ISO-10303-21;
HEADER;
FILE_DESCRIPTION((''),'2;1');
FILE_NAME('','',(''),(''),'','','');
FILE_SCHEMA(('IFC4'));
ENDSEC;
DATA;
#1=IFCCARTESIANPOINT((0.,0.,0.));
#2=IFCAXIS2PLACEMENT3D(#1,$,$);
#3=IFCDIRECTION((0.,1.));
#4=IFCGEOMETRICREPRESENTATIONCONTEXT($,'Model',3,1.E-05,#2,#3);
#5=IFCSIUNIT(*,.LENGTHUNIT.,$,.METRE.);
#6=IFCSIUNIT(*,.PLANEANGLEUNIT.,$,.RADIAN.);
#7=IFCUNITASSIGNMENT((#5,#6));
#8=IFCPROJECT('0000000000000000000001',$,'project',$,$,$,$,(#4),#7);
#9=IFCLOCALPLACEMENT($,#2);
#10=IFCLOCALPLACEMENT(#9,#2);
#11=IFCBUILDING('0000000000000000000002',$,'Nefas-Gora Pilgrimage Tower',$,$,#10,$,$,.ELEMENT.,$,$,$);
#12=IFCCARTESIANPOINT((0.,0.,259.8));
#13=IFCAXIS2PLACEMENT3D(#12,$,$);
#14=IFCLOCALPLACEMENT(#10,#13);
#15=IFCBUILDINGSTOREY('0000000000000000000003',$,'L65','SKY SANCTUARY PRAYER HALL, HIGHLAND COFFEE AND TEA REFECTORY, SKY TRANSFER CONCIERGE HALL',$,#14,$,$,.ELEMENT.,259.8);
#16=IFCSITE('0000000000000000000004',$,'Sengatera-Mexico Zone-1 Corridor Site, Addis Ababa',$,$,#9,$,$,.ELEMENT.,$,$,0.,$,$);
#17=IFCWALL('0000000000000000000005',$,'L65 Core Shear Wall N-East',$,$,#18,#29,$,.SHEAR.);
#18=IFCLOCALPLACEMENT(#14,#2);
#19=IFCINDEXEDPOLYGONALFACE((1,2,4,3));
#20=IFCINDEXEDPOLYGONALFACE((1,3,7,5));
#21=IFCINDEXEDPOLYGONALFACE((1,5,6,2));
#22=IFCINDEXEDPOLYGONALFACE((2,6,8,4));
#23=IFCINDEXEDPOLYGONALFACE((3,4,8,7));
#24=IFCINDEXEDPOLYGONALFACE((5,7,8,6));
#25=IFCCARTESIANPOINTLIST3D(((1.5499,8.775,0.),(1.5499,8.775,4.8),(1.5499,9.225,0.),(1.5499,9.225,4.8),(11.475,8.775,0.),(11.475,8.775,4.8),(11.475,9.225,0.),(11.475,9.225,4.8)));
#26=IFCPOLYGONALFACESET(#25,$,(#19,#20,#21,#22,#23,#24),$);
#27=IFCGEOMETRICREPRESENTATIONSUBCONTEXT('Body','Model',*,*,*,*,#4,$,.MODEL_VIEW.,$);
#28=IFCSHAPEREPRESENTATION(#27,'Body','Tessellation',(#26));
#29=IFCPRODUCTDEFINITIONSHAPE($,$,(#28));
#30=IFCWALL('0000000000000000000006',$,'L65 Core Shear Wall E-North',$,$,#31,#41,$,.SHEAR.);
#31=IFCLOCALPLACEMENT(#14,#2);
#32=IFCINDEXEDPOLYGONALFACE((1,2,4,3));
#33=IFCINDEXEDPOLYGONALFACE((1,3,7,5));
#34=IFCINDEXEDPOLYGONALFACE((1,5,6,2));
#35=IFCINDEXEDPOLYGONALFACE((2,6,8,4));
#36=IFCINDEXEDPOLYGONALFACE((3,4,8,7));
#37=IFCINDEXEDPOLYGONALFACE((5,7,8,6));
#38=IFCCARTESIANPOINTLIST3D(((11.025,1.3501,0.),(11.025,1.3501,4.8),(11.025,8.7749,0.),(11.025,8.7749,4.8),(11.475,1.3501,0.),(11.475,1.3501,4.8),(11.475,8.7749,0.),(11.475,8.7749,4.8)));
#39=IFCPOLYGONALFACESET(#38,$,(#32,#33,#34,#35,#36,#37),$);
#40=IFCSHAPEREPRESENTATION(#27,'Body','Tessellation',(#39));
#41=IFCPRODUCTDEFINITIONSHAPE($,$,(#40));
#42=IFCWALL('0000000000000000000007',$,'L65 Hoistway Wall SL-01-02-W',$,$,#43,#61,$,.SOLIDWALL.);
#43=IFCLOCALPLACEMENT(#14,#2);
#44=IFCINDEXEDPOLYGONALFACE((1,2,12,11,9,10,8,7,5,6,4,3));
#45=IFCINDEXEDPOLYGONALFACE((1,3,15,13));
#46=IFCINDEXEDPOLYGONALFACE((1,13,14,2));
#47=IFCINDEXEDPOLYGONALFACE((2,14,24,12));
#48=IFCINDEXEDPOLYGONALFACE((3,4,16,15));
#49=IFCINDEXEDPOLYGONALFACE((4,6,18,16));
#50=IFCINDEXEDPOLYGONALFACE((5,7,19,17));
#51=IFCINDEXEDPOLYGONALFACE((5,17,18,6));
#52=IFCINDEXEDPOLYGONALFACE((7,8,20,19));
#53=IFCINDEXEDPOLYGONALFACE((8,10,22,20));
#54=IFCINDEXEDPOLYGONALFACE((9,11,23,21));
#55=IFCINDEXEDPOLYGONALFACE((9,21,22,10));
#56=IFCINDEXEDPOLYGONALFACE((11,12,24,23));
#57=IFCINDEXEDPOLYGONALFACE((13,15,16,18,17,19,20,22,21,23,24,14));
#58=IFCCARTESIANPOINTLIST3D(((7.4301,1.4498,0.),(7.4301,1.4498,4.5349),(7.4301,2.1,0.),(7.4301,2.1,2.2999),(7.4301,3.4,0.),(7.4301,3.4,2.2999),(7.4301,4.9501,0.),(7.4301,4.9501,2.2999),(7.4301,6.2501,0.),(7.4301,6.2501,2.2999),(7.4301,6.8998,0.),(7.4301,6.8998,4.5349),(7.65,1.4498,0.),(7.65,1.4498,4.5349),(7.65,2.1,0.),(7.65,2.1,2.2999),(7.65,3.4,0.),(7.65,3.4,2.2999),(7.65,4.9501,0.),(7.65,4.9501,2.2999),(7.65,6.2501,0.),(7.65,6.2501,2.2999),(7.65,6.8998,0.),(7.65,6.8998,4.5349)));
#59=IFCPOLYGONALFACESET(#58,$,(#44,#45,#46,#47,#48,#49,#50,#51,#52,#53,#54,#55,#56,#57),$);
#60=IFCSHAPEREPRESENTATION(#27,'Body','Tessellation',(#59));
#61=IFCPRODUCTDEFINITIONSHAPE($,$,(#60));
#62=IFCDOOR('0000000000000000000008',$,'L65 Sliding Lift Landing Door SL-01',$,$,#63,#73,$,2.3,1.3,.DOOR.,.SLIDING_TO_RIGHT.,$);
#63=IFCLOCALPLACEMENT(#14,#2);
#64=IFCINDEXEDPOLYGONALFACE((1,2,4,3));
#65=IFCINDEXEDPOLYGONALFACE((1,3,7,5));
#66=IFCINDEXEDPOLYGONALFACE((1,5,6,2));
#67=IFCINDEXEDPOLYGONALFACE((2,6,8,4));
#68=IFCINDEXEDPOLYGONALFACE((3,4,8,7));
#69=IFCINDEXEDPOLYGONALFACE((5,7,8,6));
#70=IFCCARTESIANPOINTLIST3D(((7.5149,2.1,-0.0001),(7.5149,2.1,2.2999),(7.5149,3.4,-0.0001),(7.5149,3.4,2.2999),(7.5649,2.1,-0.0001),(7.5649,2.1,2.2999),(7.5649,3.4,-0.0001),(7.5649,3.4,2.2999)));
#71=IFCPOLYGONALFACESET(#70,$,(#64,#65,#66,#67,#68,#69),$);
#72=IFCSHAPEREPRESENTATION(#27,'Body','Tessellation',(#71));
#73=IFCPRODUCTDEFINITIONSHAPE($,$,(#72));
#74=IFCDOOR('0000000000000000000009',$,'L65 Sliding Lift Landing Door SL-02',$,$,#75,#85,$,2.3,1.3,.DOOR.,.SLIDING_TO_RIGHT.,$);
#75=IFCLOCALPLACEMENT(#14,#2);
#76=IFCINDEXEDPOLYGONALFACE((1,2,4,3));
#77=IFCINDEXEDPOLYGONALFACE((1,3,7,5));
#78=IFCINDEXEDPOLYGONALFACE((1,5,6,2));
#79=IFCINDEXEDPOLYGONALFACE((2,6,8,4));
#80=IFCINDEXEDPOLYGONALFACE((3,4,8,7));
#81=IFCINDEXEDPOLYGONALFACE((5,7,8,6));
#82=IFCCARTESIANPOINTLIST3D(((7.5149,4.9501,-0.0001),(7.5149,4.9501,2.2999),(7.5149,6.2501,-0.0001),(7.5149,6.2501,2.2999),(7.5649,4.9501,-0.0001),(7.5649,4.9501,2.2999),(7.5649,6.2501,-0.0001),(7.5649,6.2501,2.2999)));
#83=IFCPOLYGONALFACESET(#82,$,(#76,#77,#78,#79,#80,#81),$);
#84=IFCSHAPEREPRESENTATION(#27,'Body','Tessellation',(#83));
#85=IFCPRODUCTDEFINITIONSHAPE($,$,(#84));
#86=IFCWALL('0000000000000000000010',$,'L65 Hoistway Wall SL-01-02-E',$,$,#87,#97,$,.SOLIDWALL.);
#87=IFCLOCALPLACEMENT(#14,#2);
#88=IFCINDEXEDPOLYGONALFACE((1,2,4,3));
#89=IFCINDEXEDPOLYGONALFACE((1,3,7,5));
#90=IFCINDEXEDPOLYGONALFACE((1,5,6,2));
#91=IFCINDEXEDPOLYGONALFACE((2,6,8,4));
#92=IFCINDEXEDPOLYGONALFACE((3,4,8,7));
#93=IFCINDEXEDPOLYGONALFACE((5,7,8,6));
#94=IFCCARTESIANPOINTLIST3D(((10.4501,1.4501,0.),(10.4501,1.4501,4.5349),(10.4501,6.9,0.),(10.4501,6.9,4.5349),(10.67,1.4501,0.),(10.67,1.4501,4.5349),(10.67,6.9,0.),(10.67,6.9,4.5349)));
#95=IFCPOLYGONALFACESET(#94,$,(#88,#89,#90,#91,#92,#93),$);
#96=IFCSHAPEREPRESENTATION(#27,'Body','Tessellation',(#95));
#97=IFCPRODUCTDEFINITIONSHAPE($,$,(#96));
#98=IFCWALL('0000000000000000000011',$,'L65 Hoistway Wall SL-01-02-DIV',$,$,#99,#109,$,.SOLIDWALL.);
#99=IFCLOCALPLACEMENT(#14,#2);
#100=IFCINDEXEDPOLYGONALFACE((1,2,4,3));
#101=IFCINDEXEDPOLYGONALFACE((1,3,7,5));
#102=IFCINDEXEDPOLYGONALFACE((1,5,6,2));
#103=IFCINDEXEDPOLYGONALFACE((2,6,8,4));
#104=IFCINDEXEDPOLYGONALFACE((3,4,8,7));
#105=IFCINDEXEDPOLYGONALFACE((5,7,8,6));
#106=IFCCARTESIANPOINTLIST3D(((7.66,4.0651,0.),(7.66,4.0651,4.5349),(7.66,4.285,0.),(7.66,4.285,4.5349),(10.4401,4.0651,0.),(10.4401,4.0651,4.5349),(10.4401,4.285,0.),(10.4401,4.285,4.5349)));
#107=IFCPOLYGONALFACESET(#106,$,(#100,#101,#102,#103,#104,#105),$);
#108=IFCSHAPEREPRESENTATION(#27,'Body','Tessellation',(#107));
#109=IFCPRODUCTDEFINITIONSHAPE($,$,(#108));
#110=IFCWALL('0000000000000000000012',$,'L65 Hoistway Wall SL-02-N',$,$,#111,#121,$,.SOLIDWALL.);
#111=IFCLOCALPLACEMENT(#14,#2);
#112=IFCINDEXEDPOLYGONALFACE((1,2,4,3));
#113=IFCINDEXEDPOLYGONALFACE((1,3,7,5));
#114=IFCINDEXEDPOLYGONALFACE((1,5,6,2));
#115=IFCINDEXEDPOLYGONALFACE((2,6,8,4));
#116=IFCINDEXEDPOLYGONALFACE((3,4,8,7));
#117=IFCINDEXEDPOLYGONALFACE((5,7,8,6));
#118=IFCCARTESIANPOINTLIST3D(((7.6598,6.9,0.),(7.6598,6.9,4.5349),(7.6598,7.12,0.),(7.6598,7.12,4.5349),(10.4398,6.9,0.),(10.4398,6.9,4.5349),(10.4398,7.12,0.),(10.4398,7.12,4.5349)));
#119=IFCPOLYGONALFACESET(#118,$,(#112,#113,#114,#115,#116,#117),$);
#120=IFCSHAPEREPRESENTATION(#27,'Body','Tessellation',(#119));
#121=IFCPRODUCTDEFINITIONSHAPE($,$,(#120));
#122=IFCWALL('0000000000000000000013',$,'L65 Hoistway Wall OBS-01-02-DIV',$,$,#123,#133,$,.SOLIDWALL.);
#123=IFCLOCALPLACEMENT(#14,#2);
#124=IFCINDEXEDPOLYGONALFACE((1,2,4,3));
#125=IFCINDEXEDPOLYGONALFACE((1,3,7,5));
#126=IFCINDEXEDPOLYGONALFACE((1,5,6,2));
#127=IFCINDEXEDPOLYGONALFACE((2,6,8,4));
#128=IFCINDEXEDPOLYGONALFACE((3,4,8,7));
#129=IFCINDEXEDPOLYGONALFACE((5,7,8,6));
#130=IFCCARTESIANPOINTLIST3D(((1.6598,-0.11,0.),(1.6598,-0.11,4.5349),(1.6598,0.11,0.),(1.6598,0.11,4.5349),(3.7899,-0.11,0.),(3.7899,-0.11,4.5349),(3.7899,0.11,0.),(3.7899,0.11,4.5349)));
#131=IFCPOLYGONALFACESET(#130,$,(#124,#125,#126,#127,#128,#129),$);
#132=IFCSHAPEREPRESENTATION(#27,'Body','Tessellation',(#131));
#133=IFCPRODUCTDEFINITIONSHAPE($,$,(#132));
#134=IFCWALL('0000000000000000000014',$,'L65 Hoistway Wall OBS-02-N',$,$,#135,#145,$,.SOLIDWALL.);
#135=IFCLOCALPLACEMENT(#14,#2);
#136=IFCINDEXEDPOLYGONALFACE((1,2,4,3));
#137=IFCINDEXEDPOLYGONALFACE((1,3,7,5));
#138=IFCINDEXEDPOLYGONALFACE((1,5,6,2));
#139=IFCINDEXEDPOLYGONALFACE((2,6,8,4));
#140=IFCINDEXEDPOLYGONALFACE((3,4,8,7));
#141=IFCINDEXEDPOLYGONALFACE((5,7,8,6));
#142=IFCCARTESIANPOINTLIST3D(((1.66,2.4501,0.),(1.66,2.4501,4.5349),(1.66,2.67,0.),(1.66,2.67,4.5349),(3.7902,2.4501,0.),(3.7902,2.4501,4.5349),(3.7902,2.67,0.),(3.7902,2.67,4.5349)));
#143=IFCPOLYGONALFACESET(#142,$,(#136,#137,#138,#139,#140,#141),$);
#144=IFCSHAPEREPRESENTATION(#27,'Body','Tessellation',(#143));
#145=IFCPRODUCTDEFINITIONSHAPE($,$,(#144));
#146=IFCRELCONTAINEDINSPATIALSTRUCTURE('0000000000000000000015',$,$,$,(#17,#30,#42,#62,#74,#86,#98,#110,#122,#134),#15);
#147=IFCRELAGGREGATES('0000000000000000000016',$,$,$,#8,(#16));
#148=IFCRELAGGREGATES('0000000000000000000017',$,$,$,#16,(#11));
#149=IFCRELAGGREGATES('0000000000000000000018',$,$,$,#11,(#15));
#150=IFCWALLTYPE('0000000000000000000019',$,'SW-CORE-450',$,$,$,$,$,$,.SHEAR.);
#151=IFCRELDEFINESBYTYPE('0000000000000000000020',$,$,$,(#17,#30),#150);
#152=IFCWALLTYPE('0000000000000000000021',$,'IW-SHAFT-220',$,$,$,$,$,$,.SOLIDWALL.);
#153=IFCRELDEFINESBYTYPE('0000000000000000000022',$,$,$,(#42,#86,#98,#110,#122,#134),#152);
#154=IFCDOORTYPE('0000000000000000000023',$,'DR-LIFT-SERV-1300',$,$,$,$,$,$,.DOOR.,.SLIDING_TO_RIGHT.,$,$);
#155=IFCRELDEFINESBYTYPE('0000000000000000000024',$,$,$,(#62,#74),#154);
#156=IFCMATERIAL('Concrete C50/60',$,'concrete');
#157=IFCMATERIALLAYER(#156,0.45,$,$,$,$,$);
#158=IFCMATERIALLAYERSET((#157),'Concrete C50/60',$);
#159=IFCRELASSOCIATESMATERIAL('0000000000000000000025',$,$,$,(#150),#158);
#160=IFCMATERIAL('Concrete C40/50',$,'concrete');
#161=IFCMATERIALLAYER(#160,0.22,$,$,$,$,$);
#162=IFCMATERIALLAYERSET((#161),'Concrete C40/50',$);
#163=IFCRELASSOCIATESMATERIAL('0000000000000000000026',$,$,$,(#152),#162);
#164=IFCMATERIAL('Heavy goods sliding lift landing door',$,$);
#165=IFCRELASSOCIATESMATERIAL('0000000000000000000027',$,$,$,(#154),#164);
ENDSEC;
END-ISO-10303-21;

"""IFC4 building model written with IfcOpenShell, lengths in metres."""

from ifc_helpers import new_model, si_unit, direction, frame, frame_2d, origin, place, context, subcontext, project, spatial, rectangle, extrude, source, transform, mapped, material, layer, layer_set, type_object, element, fill, save


model = new_model("IFC4")

# Units and contexts
model_context = context("Model", 3, precision=1e-05, world=origin(), true_north=direction((0.0, 1.0)))
body_context = subcontext(model_context, "Body", "Model", "MODEL_VIEW")
ifc_project = project(units=[si_unit("LENGTHUNIT", "METRE"), si_unit("PLANEANGLEUNIT", "RADIAN")], contexts=[model_context])

# Site, building, storey
site_placement = place(None, origin())
site = spatial("IfcSite", under=ifc_project, at=site_placement, Name="Sengatera-Mexico Zone-1 Corridor Site, Addis Ababa", CompositionType="ELEMENT", RefElevation=0.0)
building_placement = place(site_placement, origin())
building = spatial("IfcBuilding", under=site, at=building_placement, Name="Nefas-Gora Pilgrimage Tower", CompositionType="ELEMENT")
storey_placement = place(building_placement, frame((0.0, 0.0, 259.8)))
storey = spatial("IfcBuildingStorey", under=building, at=storey_placement, Name="L65", Description="SKY SANCTUARY PRAYER HALL, HIGHLAND COFFEE AND TEA REFECTORY, SKY TRANSFER CONCIERGE HALL", CompositionType="ELEMENT", Elevation=259.8)

# Shared definitions
ifc_material_1 = material(Name="Concrete C40/50", Category="concrete")

# Walls
ifc_material_2 = material(Name="Concrete C50/60", Category="concrete")
ifc_layer_1 = layer(ifc_material_2, 0.45)
ifc_layer_set_1 = layer_set([ifc_layer_1], Name="Concrete C50/60")
wall_type_1 = type_object("IfcWallType", Name="SW-CORE-450", PredefinedType="SHEAR", material=ifc_layer_set_1)
shared_shape_1 = source(origin(), body_context, "Body", "SweptSolid", [
    extrude(rectangle(XDim=9.925, YDim=0.45, at=frame_2d((4.9624, 0.0))), origin(), (0.0, 0.0, 1.0), 4.8),
])
wall_1_placement = place(storey_placement, frame((1.55, 9.0, 0.0), z_axis=(0.0, 0.0, 1.0), x_axis=(1.0, 0.0, 0.0)))
element("IfcWall", 1, at=wall_1_placement, inside=storey, type_object=wall_type_1, Name="L65 Core Shear Wall N-East", PredefinedType="SHEAR", context=body_context, shape_type="MappedRepresentation", body=[
    mapped(shared_shape_1, transform((0.0, 0.0, 0.0), x_axis=(1.0, 0.0, 0.0), y_axis=(0.0, 1.0, 0.0), z_axis=(0.0, 0.0, 1.0), scale=1.0)),
])
shared_shape_2 = source(origin(), body_context, "Body", "SweptSolid", [
    extrude(rectangle(XDim=7.4248, YDim=0.45, at=frame_2d((3.7124, 0.0))), origin(), (0.0, 0.0, 1.0), 4.8),
])
wall_2_placement = place(storey_placement, frame((11.25, 1.3501, 0.0), z_axis=(0.0, 0.0, 1.0), x_axis=(0.0, 1.0, 0.0)))
element("IfcWall", 2, at=wall_2_placement, inside=storey, type_object=wall_type_1, Name="L65 Core Shear Wall E-North", PredefinedType="SHEAR", context=body_context, shape_type="MappedRepresentation", body=[
    mapped(shared_shape_2, transform((0.0, 0.0, 0.0), x_axis=(1.0, 0.0, 0.0), y_axis=(0.0, 1.0, 0.0), z_axis=(0.0, 0.0, 1.0), scale=1.0)),
])

# Wall, openings, doors
ifc_layer_2 = layer(ifc_material_1, 0.22)
ifc_layer_set_2 = layer_set([ifc_layer_2], Name="Concrete C40/50")
wall_type_2 = type_object("IfcWallType", Name="IW-SHAFT-220", PredefinedType="SOLIDWALL", material=ifc_layer_set_2)
shared_shape_3 = source(origin(), body_context, "Body", "SweptSolid", [
    extrude(rectangle(XDim=5.45, YDim=0.22, at=frame_2d((2.7251, 0.0))), origin(), (0.0, 0.0, 1.0), 4.5349),
])
wall_3_placement = place(storey_placement, frame((7.54, 6.8999, 0.0), z_axis=(0.0, 0.0, 1.0), x_axis=(0.0, -1.0, 0.0)))
wall_3 = element("IfcWall", 3, at=wall_3_placement, inside=storey, type_object=wall_type_2, Name="L65 Hoistway Wall SL-01-02-W", PredefinedType="SOLIDWALL", context=body_context, shape_type="MappedRepresentation", body=[
    mapped(shared_shape_3, transform((0.0, 0.0, 0.0), x_axis=(1.0, 0.0, 0.0), y_axis=(0.0, 1.0, 0.0), z_axis=(0.0, 0.0, 1.0), scale=1.0)),
])
opening_1_placement = place(wall_3_placement, frame((3.5, 0.0, 0.0)))
opening_1 = element("IfcOpeningElement", 4, at=opening_1_placement, cuts=wall_3, PredefinedType="OPENING", context=body_context, shape_type="SweptSolid", body=[
    extrude(rectangle(XDim=1.3, YDim=2.3, at=frame_2d((0.6499, 1.1499))), frame((0.0, 0.1199, 0.0), z_axis=(0.0, -1.0, 0.0), x_axis=(1.0, 0.0, 0.0)), (0.0, 0.0, 1.0), 0.24),
])
opening_2_placement = place(wall_3_placement, frame((0.6499, 0.0, 0.0)))
opening_2 = element("IfcOpeningElement", 5, at=opening_2_placement, cuts=wall_3, PredefinedType="OPENING", context=body_context, shape_type="SweptSolid", body=[
    extrude(rectangle(XDim=1.3, YDim=2.3, at=frame_2d((0.6499, 1.1499))), frame((0.0, 0.1199, 0.0), z_axis=(0.0, -1.0, 0.0), x_axis=(1.0, 0.0, 0.0)), (0.0, 0.0, 1.0), 0.24),
])
ifc_material_3 = material(Name="Heavy goods sliding lift landing door")
door_type_1 = type_object("IfcDoorType", Name="DR-LIFT-SERV-1300", OperationType="SLIDING_TO_RIGHT", PredefinedType="DOOR", material=ifc_material_3)
shared_shape_4 = source(origin(), body_context, "Body", "SweptSolid", [
    extrude(rectangle(XDim=1.3, YDim=2.3, at=frame_2d((0.6499, 1.1499))), frame((0.0, 0.0249, 0.0), z_axis=(0.0, -1.0, 0.0), x_axis=(1.0, 0.0, 0.0)), (0.0, 0.0, 1.0), 0.05),
])
door_1_placement = place(opening_1_placement, origin())
door_1 = element("IfcDoor", 6, at=door_1_placement, inside=storey, type_object=door_type_1, Name="L65 Sliding Lift Landing Door SL-01", OperationType="SLIDING_TO_RIGHT", OverallHeight=2.3, OverallWidth=1.3, PredefinedType="DOOR", context=body_context, shape_type="MappedRepresentation", body=[
    mapped(shared_shape_4, transform((0.0, 0.0, 0.0), x_axis=(1.0, 0.0, 0.0), y_axis=(0.0, 1.0, 0.0), z_axis=(0.0, 0.0, 1.0), scale=1.0)),
])
fill(opening_1, door_1)
door_2_placement = place(opening_2_placement, origin())
door_2 = element("IfcDoor", 7, at=door_2_placement, inside=storey, type_object=door_type_1, Name="L65 Sliding Lift Landing Door SL-02", OperationType="SLIDING_TO_RIGHT", OverallHeight=2.3, OverallWidth=1.3, PredefinedType="DOOR", context=body_context, shape_type="MappedRepresentation", body=[
    mapped(shared_shape_4, transform((0.0, 0.0, 0.0), x_axis=(1.0, 0.0, 0.0), y_axis=(0.0, 1.0, 0.0), z_axis=(0.0, 0.0, 1.0), scale=1.0)),
])
fill(opening_2, door_2)

# Walls
wall_4_placement = place(storey_placement, frame((10.5601, 1.45, 0.0), z_axis=(0.0, 0.0, 1.0), x_axis=(0.0, 1.0, 0.0)))
element("IfcWall", 8, at=wall_4_placement, inside=storey, type_object=wall_type_2, Name="L65 Hoistway Wall SL-01-02-E", PredefinedType="SOLIDWALL", context=body_context, shape_type="MappedRepresentation", body=[
    mapped(shared_shape_3, transform((0.0, 0.0, 0.0), x_axis=(1.0, 0.0, 0.0), y_axis=(0.0, 1.0, 0.0), z_axis=(0.0, 0.0, 1.0), scale=1.0)),
])
shared_shape_5 = source(origin(), body_context, "Body", "SweptSolid", [
    extrude(rectangle(XDim=2.78, YDim=0.22, at=frame_2d((1.3901, 0.0))), origin(), (0.0, 0.0, 1.0), 4.5349),
])
for number, where, z_axis, x_axis, name in (
    (9, (7.6599, 4.175, 0.0), (0.0, 0.0, 1.0), (1.0, 0.0, 0.0), "L65 Hoistway Wall SL-01-02-DIV"),
    (10, (10.4399, 7.01, 0.0), (0.0, 0.0, 1.0), (-1.0, 0.0, 0.0), "L65 Hoistway Wall SL-02-N"),
):
    element("IfcWall", number, at=place(storey_placement, frame(where, z_axis=z_axis, x_axis=x_axis)), inside=storey, type_object=wall_type_2, Name=name, PredefinedType="SOLIDWALL", context=body_context, shape_type="MappedRepresentation", body=[
        mapped(shared_shape_5, transform((0.0, 0.0, 0.0), x_axis=(1.0, 0.0, 0.0), y_axis=(0.0, 1.0, 0.0), z_axis=(0.0, 0.0, 1.0), scale=1.0)),
    ])
shared_shape_6 = source(origin(), body_context, "Body", "SweptSolid", [
    extrude(rectangle(XDim=2.1301, YDim=0.22, at=frame_2d((1.0649, 0.0))), origin(), (0.0, 0.0, 1.0), 4.5349),
])
for number, where, z_axis, x_axis, name in (
    (11, (1.6599, 0.0, 0.0), (0.0, 0.0, 1.0), (1.0, 0.0, 0.0), "L65 Hoistway Wall OBS-01-02-DIV"),
    (12, (3.79, 2.5601, 0.0), (0.0, 0.0, 1.0), (-1.0, 0.0, 0.0), "L65 Hoistway Wall OBS-02-N"),
):
    element("IfcWall", number, at=place(storey_placement, frame(where, z_axis=z_axis, x_axis=x_axis)), inside=storey, type_object=wall_type_2, Name=name, PredefinedType="SOLIDWALL", context=body_context, shape_type="MappedRepresentation", body=[
        mapped(shared_shape_6, transform((0.0, 0.0, 0.0), x_axis=(1.0, 0.0, 0.0), y_axis=(0.0, 1.0, 0.0), z_axis=(0.0, 0.0, 1.0), scale=1.0)),
    ])

save(model, "model.ifc")
